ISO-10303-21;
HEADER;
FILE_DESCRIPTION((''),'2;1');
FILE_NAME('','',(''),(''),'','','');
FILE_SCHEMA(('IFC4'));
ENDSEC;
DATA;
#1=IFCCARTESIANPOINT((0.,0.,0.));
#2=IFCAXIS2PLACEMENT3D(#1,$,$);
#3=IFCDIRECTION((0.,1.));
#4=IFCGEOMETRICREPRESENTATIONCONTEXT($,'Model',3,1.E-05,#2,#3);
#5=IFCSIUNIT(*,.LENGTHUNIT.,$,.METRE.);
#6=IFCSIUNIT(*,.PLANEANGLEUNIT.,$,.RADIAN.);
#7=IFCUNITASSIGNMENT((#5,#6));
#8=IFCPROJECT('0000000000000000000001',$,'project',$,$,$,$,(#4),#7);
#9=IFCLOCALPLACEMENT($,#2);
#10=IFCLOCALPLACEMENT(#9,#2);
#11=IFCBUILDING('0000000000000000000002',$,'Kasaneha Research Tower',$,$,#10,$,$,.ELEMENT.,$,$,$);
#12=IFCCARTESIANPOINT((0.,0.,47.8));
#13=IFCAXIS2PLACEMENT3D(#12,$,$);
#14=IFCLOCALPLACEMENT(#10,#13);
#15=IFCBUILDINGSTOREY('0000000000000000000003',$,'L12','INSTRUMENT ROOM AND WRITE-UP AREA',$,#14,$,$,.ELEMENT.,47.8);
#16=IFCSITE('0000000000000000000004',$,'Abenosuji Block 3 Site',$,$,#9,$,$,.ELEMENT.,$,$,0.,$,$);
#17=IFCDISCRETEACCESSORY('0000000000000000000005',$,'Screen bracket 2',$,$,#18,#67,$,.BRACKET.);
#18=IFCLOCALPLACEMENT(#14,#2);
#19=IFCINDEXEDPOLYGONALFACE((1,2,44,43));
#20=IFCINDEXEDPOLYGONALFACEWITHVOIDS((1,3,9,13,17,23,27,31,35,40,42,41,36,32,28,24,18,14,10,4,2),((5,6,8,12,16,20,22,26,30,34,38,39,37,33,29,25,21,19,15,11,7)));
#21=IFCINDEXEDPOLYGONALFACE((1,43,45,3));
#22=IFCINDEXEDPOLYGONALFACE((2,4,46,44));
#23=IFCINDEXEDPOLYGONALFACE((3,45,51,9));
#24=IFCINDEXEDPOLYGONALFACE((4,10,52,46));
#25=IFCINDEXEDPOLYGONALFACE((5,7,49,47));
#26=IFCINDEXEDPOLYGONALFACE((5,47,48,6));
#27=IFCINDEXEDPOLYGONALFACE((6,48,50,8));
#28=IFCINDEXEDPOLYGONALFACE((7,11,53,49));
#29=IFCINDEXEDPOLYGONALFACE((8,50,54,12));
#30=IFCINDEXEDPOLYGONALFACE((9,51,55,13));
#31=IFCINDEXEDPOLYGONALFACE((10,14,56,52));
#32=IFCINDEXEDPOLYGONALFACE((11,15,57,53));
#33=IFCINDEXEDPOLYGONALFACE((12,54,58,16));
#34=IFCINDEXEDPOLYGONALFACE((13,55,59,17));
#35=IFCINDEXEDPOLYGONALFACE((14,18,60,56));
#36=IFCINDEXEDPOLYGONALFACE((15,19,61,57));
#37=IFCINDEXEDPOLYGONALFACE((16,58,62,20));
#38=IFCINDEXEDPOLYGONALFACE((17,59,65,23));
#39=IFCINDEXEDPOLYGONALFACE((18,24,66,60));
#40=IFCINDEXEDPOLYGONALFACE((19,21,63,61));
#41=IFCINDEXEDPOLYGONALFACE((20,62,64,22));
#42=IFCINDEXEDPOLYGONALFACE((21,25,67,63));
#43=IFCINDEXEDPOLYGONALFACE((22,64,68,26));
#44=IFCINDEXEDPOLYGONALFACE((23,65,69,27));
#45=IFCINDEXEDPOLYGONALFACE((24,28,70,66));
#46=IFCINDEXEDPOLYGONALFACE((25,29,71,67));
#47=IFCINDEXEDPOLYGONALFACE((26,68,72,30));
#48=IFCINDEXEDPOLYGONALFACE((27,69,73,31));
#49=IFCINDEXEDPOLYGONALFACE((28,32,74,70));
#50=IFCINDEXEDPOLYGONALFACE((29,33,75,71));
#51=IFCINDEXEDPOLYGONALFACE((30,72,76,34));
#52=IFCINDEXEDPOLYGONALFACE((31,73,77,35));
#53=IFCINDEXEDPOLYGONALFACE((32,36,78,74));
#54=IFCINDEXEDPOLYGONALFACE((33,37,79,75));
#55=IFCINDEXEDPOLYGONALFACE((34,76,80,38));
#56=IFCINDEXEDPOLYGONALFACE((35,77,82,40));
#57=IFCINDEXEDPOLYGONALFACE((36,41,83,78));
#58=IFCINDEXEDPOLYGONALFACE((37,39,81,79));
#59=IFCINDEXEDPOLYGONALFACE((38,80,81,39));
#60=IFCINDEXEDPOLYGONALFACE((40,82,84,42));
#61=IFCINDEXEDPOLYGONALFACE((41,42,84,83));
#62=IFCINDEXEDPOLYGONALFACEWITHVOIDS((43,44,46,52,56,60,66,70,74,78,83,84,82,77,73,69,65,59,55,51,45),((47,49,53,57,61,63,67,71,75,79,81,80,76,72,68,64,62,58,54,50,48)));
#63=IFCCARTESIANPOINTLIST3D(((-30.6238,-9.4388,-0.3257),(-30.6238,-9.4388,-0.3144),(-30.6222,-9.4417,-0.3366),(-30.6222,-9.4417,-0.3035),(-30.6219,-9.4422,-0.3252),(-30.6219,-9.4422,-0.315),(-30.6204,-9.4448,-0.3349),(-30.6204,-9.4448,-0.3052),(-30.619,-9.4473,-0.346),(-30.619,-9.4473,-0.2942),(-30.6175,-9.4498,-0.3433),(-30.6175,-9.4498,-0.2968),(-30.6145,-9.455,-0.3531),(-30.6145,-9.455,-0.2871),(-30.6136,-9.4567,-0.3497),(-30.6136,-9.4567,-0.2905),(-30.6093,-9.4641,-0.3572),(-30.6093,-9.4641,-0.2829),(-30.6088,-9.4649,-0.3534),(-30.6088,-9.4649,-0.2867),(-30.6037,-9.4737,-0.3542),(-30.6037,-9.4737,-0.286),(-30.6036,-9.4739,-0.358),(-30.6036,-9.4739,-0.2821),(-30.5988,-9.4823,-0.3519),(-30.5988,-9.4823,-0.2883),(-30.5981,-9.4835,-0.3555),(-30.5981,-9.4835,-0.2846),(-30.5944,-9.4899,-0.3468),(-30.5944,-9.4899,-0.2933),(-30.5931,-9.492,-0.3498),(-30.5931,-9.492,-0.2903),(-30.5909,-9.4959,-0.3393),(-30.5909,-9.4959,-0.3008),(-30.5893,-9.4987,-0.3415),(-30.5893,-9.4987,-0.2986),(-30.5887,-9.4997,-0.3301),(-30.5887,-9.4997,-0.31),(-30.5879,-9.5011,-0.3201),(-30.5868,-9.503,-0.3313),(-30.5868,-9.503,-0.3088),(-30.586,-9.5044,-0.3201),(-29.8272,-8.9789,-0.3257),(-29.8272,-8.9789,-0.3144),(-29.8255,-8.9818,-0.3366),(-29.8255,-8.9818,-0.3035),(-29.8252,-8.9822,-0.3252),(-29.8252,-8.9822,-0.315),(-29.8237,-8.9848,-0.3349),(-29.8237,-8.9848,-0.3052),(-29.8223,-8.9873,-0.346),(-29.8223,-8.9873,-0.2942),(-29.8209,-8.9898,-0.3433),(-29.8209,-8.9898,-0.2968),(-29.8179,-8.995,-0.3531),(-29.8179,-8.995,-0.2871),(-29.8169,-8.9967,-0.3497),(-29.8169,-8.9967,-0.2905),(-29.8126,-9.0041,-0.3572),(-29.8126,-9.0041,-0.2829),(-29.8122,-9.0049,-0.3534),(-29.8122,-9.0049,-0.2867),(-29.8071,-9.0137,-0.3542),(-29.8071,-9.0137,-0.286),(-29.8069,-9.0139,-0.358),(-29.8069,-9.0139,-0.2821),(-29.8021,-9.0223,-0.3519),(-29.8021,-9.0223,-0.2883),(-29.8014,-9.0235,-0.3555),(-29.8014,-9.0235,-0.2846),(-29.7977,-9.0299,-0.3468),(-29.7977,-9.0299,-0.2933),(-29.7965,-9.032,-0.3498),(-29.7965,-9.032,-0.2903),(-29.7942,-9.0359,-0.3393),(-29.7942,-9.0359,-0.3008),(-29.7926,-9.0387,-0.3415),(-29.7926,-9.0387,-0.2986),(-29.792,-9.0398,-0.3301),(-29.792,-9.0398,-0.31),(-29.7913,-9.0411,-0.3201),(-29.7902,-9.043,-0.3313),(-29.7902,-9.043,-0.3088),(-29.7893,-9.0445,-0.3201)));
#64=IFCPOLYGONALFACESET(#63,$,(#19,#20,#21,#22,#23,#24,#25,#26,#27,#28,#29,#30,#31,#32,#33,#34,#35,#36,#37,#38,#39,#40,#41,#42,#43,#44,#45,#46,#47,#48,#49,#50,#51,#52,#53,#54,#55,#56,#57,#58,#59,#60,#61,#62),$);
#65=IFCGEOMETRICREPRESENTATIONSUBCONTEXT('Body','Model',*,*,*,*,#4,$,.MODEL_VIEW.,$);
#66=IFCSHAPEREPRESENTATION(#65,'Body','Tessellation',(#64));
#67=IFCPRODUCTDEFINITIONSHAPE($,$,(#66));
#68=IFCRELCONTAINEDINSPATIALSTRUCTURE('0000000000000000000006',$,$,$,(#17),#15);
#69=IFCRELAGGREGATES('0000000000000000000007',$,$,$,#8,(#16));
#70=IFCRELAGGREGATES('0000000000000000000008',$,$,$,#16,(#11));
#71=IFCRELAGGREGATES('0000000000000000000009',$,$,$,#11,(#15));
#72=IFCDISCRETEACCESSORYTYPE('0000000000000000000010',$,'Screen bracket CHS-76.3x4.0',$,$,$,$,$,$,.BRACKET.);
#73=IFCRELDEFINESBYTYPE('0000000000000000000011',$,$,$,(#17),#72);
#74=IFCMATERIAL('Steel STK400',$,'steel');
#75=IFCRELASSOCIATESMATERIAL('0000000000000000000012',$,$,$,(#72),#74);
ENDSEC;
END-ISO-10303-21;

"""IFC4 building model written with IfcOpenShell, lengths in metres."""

from ifc_helpers import new_model, si_unit, direction, frame, origin, origin_2d, place, context, subcontext, project, spatial, hollow_circle, extrude, material, material_profile, profile_set, type_object, element, save


model = new_model("IFC4")

# Units and contexts
model_context = context("Model", 3, precision=1e-05, world=origin(), true_north=direction((0.0, 1.0)))
body_context = subcontext(model_context, "Body", "Model", "MODEL_VIEW")
ifc_project = project(units=[si_unit("LENGTHUNIT", "METRE"), si_unit("PLANEANGLEUNIT", "RADIAN")], contexts=[model_context])

# Site, building, storey
site_placement = place(None, origin())
site = spatial("IfcSite", under=ifc_project, at=site_placement, Name="Abenosuji Block 3 Site", CompositionType="ELEMENT", RefElevation=0.0)
building_placement = place(site_placement, origin())
building = spatial("IfcBuilding", under=site, at=building_placement, Name="Kasaneha Research Tower", CompositionType="ELEMENT")
storey_placement = place(building_placement, frame((0.0, 0.0, 47.8)))
storey = spatial("IfcBuildingStorey", under=building, at=storey_placement, Name="L12", Description="INSTRUMENT ROOM AND WRITE-UP AREA", CompositionType="ELEMENT", Elevation=47.8)

# Discrete accessory
ifc_material_1 = material(Name="Steel STK400", Category="steel")
ifc_material_profile_1 = material_profile(ifc_material_1, hollow_circle(Radius=0.0381, WallThickness=0.0039, at=origin_2d()), Name="CHS-76.3x4.0")
ifc_profile_set_1 = profile_set([ifc_material_profile_1], Name="Steel STK400")
discrete_accessory_type = type_object("IfcDiscreteAccessoryType", Name="Screen bracket CHS-76.3x4.0", PredefinedType="BRACKET", material=ifc_profile_set_1)
discrete_accessory_1_placement = place(storey_placement, frame((-29.8083, -9.0115, -0.3201), z_axis=(-0.866013, -0.500021, 0.0), x_axis=(0.500021, -0.866013, 0.0)))
element("IfcDiscreteAccessory", 1, at=discrete_accessory_1_placement, inside=storey, type_object=discrete_accessory_type, Name="Screen bracket 2", PredefinedType="BRACKET", context=body_context, shape_type="SweptSolid", body=[
    extrude(hollow_circle(Radius=0.0381, WallThickness=0.0039, at=origin_2d()), origin(), (0.0, 0.0, 1.0), 0.9199),
])

save(model, "model.ifc")
